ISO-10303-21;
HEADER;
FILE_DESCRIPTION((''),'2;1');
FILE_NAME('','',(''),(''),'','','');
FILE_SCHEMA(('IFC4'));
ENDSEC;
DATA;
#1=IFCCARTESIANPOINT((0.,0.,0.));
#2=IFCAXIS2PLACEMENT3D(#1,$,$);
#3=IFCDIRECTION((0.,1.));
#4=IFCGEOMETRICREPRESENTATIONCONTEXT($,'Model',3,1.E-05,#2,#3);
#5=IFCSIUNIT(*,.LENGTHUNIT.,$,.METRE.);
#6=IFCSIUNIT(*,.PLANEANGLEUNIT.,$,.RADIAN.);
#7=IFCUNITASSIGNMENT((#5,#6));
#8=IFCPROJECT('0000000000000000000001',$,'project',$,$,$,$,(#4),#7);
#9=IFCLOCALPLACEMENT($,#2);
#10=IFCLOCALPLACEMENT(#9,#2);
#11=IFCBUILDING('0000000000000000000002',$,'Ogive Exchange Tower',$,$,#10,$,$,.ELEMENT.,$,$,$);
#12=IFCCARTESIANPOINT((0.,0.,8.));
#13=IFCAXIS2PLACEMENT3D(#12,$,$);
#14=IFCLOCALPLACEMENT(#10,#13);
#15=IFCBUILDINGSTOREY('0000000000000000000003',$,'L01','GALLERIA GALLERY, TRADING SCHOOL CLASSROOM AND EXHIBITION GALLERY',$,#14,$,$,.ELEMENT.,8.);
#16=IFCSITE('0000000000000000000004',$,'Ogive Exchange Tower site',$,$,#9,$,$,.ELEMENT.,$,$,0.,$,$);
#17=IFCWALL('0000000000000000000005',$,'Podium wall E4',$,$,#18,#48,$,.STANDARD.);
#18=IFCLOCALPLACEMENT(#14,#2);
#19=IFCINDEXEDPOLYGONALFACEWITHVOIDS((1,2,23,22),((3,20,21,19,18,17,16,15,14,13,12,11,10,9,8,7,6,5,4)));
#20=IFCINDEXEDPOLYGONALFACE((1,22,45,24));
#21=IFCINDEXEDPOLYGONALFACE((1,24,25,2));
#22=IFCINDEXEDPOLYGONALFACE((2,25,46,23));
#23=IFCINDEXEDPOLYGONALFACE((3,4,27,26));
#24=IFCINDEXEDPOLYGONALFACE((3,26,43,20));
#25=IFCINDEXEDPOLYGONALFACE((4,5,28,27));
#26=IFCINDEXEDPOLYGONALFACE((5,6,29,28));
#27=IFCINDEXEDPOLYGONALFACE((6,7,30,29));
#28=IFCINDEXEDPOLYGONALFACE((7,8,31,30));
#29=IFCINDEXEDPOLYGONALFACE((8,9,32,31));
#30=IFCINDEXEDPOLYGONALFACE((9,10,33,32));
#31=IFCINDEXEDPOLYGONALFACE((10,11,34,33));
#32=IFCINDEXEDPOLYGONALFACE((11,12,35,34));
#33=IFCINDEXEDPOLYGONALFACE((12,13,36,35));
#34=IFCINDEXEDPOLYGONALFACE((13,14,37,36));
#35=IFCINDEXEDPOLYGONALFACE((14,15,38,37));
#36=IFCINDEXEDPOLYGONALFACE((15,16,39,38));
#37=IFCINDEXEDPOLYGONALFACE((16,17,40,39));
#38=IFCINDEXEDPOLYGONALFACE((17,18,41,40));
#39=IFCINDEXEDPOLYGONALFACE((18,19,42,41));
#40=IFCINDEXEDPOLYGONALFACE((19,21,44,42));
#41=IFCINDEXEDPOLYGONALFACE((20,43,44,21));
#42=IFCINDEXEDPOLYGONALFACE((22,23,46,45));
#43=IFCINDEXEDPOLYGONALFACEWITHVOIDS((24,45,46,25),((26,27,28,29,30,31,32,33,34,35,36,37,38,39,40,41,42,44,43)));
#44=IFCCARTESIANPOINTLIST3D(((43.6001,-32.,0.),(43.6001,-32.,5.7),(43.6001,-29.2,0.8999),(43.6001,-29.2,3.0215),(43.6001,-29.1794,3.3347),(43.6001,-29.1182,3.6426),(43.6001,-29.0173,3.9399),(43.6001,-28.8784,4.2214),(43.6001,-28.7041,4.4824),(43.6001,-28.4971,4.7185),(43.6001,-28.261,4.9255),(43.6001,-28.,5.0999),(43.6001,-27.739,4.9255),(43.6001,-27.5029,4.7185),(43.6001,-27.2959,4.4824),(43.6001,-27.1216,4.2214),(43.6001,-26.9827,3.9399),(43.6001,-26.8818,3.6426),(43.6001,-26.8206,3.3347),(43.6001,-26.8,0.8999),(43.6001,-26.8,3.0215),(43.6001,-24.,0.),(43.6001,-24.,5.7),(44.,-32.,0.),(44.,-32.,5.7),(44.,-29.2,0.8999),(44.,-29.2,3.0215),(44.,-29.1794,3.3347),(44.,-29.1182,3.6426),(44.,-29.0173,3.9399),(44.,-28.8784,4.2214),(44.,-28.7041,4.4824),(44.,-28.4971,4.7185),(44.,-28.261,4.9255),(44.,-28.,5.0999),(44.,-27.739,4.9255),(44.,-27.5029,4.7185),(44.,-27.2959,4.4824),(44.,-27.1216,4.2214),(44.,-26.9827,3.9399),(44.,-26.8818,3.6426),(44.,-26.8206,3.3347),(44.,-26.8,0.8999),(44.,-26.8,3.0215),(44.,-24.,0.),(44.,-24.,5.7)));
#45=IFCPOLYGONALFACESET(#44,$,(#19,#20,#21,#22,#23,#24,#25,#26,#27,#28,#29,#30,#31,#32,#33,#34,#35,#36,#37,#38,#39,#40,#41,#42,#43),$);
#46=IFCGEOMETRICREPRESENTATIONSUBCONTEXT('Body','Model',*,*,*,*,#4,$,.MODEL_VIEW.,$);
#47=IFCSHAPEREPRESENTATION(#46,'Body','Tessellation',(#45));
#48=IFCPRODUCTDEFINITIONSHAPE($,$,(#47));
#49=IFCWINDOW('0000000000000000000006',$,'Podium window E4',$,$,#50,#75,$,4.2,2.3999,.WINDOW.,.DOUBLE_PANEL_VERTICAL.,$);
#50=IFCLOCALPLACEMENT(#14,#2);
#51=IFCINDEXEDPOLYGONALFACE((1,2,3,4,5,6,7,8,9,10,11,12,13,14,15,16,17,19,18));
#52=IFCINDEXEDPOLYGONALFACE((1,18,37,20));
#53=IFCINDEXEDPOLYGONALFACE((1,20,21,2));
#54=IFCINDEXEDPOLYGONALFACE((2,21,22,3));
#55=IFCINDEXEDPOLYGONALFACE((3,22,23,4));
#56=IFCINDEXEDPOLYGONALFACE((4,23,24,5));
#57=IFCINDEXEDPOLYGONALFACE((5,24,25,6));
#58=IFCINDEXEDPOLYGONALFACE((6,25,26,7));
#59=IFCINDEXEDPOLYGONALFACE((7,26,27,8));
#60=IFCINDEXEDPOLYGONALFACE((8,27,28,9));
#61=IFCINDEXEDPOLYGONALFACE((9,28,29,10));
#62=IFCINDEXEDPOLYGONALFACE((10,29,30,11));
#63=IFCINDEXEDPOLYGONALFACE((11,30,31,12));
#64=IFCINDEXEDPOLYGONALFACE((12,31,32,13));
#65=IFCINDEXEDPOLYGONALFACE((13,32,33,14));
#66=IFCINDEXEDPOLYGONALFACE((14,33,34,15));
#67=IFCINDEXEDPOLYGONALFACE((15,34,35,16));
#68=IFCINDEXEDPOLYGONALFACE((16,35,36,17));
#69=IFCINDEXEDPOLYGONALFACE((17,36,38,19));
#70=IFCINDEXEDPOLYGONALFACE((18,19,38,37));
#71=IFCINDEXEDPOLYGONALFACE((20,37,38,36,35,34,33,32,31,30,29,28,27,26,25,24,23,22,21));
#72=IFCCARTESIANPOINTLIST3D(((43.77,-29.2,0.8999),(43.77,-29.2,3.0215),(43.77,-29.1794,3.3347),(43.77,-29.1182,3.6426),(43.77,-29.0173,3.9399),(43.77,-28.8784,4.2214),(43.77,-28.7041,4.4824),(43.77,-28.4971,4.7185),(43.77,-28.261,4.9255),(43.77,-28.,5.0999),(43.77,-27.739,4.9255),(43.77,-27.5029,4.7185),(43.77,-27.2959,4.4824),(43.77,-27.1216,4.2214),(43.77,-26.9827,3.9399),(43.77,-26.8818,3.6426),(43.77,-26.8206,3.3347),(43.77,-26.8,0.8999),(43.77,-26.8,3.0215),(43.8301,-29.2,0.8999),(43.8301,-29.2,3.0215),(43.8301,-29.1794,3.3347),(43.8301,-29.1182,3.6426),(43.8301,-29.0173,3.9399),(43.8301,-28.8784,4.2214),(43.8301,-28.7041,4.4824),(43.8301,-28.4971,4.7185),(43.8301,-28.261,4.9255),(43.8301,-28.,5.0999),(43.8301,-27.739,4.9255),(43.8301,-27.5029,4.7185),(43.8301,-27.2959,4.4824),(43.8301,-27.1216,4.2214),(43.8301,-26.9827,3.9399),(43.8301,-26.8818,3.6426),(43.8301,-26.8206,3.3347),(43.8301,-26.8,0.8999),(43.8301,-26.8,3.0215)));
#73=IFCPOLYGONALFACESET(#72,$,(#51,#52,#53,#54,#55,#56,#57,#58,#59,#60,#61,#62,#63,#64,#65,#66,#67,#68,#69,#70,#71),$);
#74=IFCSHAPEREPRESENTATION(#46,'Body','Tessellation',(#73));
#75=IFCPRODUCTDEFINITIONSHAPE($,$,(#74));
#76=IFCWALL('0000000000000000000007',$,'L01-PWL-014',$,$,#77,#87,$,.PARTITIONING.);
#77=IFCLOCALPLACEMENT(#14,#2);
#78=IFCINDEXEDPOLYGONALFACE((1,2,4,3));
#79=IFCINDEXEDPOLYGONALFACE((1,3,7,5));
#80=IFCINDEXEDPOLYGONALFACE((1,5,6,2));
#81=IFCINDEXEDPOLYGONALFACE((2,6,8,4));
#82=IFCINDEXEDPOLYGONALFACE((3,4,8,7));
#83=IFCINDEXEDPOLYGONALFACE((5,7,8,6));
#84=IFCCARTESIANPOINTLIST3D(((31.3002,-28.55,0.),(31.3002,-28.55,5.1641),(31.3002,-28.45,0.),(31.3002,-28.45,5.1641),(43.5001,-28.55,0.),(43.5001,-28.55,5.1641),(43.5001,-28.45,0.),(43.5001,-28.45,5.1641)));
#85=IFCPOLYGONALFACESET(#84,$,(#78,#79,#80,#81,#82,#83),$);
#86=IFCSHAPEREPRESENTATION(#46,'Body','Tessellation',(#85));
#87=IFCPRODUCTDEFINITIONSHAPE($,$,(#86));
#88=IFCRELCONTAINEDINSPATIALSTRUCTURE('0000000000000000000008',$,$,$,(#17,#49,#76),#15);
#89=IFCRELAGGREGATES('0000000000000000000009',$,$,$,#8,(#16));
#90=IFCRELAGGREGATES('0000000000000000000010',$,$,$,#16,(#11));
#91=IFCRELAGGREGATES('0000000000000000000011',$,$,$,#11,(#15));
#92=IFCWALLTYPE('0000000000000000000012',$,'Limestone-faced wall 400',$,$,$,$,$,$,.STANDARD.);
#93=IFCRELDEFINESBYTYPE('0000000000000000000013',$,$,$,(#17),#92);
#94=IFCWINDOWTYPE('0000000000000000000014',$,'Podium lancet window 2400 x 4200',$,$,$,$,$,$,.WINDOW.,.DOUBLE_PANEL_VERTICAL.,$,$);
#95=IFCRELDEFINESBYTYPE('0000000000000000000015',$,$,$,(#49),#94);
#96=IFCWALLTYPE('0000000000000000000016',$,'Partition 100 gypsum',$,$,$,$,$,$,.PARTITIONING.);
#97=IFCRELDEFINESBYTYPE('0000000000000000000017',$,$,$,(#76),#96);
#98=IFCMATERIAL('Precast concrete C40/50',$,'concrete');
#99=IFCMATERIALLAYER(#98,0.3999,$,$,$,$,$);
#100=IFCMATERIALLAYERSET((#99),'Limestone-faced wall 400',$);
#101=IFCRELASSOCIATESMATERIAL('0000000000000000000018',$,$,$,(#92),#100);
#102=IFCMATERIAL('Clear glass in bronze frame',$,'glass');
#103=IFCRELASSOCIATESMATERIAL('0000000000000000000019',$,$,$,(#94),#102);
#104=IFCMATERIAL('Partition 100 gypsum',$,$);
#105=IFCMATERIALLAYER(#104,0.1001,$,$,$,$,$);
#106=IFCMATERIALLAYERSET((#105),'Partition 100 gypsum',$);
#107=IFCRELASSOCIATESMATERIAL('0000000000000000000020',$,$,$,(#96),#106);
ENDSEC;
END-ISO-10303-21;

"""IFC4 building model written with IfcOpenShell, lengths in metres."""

from ifc_helpers import new_model, si_unit, direction, frame, frame_2d, origin, place, context, subcontext, project, spatial, polyline, rectangle, outline, extrude, material, layer, layer_set, type_object, element, fill, save


model = new_model("IFC4")

# Units and contexts
model_context = context("Model", 3, precision=1e-05, world=origin(), true_north=direction((0.0, 1.0)))
body_context = subcontext(model_context, "Body", "Model", "MODEL_VIEW")
ifc_project = project(units=[si_unit("LENGTHUNIT", "METRE"), si_unit("PLANEANGLEUNIT", "RADIAN")], contexts=[model_context])

# Site, building, storey
site_placement = place(None, origin())
site = spatial("IfcSite", under=ifc_project, at=site_placement, Name="Ogive Exchange Tower site", CompositionType="ELEMENT", RefElevation=0.0)
building_placement = place(site_placement, origin())
building = spatial("IfcBuilding", under=site, at=building_placement, Name="Ogive Exchange Tower", CompositionType="ELEMENT")
storey_placement = place(building_placement, frame((0.0, 0.0, 8.0)))
storey = spatial("IfcBuildingStorey", under=building, at=storey_placement, Name="L01", Description="GALLERIA GALLERY, TRADING SCHOOL CLASSROOM AND EXHIBITION GALLERY", CompositionType="ELEMENT", Elevation=8.0)

# Shared definitions
ifc_material_1 = material(Name="Precast concrete C40/50", Category="concrete")
ifc_layer_1 = layer(ifc_material_1, 0.3999)
ifc_layer_set_1 = layer_set([ifc_layer_1], Name="Limestone-faced wall 400")
wall_type_1 = type_object("IfcWallType", Name="Limestone-faced wall 400", PredefinedType="STANDARD", material=ifc_layer_set_1)
ifc_material_2 = material(Name="Clear glass in bronze frame", Category="glass")

# Wall, opening, window
wall_1_placement = place(storey_placement, frame((43.8, -32.0, 0.0), z_axis=(0.0, 0.0, 1.0), x_axis=(0.0, 1.0, 0.0)))
wall_1 = element("IfcWall", 1, at=wall_1_placement, inside=storey, type_object=wall_type_1, Name="Podium wall E4", PredefinedType="STANDARD", context=body_context, shape_type="SweptSolid", body=[
    extrude(rectangle(XDim=8.0, YDim=0.3999, at=frame_2d((4.0, 0.0))), origin(), (0.0, 0.0, 1.0), 5.7),
])
opening_1_placement = place(wall_1_placement, frame((2.8, 0.0, 0.8999)))
opening_1 = element("IfcOpeningElement", 2, at=opening_1_placement, cuts=wall_1, PredefinedType="OPENING", context=body_context, shape_type="SweptSolid", body=[
    extrude(outline(polyline([(0.0, 0.0), (2.3999, 0.0), (2.3999, 2.1216), (2.3794, 2.4348), (2.3181, 2.7427), (2.2173, 3.04), (2.0784, 3.3215), (1.9041, 3.5825), (1.697, 3.8186), (1.4609, 4.0256), (1.2, 4.2), (0.939, 4.0256), (0.7029, 3.8186), (0.4958, 3.5825), (0.3215, 3.3215), (0.1826, 3.04), (0.0818, 2.7427), (0.0205, 2.4348), (0.0, 2.1216), (0.0, 0.0)])), frame((0.0, 0.21, 0.0), z_axis=(0.0, -1.0, 0.0), x_axis=(1.0, 0.0, 0.0)), (0.0, 0.0, 1.0), 0.4199),
])
window_type_1 = type_object("IfcWindowType", Name="Podium lancet window 2400 x 4200", PartitioningType="DOUBLE_PANEL_VERTICAL", PredefinedType="WINDOW", material=ifc_material_2)
window_1_placement = place(opening_1_placement, origin())
window_1 = element("IfcWindow", 3, at=window_1_placement, inside=storey, type_object=window_type_1, Name="Podium window E4", OverallHeight=4.2, OverallWidth=2.3999, PartitioningType="DOUBLE_PANEL_VERTICAL", PredefinedType="WINDOW", context=body_context, shape_type="SweptSolid", body=[
    extrude(outline(polyline([(0.0, 0.0), (2.3999, 0.0), (2.3999, 2.1216), (2.3794, 2.4348), (2.3181, 2.7427), (2.2173, 3.04), (2.0784, 3.3215), (1.9041, 3.5825), (1.697, 3.8186), (1.4609, 4.0256), (1.2, 4.2), (0.939, 4.0256), (0.7029, 3.8186), (0.4958, 3.5825), (0.3215, 3.3215), (0.1826, 3.04), (0.0818, 2.7427), (0.0205, 2.4348), (0.0, 2.1216), (0.0, 0.0)])), frame((0.0, 0.03, 0.0), z_axis=(0.0, -1.0, 0.0), x_axis=(1.0, 0.0, 0.0)), (0.0, 0.0, 1.0), 0.0601),
])
fill(opening_1, window_1)

# Wall
ifc_material_3 = material(Name="Partition 100 gypsum")
ifc_layer_2 = layer(ifc_material_3, 0.1001)
ifc_layer_set_2 = layer_set([ifc_layer_2], Name="Partition 100 gypsum")
wall_type_2 = type_object("IfcWallType", Name="Partition 100 gypsum", PredefinedType="PARTITIONING", material=ifc_layer_set_2)
wall_2_placement = place(storey_placement, frame((31.3, -28.5, 0.0), z_axis=(0.0, 0.0, 1.0), x_axis=(1.0, 0.0, 0.0)))
element("IfcWall", 4, at=wall_2_placement, inside=storey, type_object=wall_type_2, Name="L01-PWL-014", PredefinedType="PARTITIONING", context=body_context, shape_type="SweptSolid", body=[
    extrude(rectangle(XDim=12.2, YDim=0.1001, at=frame_2d((6.1001, 0.0))), origin(), (0.0, 0.0, 1.0), 5.1641),
])

save(model, "model.ifc")
